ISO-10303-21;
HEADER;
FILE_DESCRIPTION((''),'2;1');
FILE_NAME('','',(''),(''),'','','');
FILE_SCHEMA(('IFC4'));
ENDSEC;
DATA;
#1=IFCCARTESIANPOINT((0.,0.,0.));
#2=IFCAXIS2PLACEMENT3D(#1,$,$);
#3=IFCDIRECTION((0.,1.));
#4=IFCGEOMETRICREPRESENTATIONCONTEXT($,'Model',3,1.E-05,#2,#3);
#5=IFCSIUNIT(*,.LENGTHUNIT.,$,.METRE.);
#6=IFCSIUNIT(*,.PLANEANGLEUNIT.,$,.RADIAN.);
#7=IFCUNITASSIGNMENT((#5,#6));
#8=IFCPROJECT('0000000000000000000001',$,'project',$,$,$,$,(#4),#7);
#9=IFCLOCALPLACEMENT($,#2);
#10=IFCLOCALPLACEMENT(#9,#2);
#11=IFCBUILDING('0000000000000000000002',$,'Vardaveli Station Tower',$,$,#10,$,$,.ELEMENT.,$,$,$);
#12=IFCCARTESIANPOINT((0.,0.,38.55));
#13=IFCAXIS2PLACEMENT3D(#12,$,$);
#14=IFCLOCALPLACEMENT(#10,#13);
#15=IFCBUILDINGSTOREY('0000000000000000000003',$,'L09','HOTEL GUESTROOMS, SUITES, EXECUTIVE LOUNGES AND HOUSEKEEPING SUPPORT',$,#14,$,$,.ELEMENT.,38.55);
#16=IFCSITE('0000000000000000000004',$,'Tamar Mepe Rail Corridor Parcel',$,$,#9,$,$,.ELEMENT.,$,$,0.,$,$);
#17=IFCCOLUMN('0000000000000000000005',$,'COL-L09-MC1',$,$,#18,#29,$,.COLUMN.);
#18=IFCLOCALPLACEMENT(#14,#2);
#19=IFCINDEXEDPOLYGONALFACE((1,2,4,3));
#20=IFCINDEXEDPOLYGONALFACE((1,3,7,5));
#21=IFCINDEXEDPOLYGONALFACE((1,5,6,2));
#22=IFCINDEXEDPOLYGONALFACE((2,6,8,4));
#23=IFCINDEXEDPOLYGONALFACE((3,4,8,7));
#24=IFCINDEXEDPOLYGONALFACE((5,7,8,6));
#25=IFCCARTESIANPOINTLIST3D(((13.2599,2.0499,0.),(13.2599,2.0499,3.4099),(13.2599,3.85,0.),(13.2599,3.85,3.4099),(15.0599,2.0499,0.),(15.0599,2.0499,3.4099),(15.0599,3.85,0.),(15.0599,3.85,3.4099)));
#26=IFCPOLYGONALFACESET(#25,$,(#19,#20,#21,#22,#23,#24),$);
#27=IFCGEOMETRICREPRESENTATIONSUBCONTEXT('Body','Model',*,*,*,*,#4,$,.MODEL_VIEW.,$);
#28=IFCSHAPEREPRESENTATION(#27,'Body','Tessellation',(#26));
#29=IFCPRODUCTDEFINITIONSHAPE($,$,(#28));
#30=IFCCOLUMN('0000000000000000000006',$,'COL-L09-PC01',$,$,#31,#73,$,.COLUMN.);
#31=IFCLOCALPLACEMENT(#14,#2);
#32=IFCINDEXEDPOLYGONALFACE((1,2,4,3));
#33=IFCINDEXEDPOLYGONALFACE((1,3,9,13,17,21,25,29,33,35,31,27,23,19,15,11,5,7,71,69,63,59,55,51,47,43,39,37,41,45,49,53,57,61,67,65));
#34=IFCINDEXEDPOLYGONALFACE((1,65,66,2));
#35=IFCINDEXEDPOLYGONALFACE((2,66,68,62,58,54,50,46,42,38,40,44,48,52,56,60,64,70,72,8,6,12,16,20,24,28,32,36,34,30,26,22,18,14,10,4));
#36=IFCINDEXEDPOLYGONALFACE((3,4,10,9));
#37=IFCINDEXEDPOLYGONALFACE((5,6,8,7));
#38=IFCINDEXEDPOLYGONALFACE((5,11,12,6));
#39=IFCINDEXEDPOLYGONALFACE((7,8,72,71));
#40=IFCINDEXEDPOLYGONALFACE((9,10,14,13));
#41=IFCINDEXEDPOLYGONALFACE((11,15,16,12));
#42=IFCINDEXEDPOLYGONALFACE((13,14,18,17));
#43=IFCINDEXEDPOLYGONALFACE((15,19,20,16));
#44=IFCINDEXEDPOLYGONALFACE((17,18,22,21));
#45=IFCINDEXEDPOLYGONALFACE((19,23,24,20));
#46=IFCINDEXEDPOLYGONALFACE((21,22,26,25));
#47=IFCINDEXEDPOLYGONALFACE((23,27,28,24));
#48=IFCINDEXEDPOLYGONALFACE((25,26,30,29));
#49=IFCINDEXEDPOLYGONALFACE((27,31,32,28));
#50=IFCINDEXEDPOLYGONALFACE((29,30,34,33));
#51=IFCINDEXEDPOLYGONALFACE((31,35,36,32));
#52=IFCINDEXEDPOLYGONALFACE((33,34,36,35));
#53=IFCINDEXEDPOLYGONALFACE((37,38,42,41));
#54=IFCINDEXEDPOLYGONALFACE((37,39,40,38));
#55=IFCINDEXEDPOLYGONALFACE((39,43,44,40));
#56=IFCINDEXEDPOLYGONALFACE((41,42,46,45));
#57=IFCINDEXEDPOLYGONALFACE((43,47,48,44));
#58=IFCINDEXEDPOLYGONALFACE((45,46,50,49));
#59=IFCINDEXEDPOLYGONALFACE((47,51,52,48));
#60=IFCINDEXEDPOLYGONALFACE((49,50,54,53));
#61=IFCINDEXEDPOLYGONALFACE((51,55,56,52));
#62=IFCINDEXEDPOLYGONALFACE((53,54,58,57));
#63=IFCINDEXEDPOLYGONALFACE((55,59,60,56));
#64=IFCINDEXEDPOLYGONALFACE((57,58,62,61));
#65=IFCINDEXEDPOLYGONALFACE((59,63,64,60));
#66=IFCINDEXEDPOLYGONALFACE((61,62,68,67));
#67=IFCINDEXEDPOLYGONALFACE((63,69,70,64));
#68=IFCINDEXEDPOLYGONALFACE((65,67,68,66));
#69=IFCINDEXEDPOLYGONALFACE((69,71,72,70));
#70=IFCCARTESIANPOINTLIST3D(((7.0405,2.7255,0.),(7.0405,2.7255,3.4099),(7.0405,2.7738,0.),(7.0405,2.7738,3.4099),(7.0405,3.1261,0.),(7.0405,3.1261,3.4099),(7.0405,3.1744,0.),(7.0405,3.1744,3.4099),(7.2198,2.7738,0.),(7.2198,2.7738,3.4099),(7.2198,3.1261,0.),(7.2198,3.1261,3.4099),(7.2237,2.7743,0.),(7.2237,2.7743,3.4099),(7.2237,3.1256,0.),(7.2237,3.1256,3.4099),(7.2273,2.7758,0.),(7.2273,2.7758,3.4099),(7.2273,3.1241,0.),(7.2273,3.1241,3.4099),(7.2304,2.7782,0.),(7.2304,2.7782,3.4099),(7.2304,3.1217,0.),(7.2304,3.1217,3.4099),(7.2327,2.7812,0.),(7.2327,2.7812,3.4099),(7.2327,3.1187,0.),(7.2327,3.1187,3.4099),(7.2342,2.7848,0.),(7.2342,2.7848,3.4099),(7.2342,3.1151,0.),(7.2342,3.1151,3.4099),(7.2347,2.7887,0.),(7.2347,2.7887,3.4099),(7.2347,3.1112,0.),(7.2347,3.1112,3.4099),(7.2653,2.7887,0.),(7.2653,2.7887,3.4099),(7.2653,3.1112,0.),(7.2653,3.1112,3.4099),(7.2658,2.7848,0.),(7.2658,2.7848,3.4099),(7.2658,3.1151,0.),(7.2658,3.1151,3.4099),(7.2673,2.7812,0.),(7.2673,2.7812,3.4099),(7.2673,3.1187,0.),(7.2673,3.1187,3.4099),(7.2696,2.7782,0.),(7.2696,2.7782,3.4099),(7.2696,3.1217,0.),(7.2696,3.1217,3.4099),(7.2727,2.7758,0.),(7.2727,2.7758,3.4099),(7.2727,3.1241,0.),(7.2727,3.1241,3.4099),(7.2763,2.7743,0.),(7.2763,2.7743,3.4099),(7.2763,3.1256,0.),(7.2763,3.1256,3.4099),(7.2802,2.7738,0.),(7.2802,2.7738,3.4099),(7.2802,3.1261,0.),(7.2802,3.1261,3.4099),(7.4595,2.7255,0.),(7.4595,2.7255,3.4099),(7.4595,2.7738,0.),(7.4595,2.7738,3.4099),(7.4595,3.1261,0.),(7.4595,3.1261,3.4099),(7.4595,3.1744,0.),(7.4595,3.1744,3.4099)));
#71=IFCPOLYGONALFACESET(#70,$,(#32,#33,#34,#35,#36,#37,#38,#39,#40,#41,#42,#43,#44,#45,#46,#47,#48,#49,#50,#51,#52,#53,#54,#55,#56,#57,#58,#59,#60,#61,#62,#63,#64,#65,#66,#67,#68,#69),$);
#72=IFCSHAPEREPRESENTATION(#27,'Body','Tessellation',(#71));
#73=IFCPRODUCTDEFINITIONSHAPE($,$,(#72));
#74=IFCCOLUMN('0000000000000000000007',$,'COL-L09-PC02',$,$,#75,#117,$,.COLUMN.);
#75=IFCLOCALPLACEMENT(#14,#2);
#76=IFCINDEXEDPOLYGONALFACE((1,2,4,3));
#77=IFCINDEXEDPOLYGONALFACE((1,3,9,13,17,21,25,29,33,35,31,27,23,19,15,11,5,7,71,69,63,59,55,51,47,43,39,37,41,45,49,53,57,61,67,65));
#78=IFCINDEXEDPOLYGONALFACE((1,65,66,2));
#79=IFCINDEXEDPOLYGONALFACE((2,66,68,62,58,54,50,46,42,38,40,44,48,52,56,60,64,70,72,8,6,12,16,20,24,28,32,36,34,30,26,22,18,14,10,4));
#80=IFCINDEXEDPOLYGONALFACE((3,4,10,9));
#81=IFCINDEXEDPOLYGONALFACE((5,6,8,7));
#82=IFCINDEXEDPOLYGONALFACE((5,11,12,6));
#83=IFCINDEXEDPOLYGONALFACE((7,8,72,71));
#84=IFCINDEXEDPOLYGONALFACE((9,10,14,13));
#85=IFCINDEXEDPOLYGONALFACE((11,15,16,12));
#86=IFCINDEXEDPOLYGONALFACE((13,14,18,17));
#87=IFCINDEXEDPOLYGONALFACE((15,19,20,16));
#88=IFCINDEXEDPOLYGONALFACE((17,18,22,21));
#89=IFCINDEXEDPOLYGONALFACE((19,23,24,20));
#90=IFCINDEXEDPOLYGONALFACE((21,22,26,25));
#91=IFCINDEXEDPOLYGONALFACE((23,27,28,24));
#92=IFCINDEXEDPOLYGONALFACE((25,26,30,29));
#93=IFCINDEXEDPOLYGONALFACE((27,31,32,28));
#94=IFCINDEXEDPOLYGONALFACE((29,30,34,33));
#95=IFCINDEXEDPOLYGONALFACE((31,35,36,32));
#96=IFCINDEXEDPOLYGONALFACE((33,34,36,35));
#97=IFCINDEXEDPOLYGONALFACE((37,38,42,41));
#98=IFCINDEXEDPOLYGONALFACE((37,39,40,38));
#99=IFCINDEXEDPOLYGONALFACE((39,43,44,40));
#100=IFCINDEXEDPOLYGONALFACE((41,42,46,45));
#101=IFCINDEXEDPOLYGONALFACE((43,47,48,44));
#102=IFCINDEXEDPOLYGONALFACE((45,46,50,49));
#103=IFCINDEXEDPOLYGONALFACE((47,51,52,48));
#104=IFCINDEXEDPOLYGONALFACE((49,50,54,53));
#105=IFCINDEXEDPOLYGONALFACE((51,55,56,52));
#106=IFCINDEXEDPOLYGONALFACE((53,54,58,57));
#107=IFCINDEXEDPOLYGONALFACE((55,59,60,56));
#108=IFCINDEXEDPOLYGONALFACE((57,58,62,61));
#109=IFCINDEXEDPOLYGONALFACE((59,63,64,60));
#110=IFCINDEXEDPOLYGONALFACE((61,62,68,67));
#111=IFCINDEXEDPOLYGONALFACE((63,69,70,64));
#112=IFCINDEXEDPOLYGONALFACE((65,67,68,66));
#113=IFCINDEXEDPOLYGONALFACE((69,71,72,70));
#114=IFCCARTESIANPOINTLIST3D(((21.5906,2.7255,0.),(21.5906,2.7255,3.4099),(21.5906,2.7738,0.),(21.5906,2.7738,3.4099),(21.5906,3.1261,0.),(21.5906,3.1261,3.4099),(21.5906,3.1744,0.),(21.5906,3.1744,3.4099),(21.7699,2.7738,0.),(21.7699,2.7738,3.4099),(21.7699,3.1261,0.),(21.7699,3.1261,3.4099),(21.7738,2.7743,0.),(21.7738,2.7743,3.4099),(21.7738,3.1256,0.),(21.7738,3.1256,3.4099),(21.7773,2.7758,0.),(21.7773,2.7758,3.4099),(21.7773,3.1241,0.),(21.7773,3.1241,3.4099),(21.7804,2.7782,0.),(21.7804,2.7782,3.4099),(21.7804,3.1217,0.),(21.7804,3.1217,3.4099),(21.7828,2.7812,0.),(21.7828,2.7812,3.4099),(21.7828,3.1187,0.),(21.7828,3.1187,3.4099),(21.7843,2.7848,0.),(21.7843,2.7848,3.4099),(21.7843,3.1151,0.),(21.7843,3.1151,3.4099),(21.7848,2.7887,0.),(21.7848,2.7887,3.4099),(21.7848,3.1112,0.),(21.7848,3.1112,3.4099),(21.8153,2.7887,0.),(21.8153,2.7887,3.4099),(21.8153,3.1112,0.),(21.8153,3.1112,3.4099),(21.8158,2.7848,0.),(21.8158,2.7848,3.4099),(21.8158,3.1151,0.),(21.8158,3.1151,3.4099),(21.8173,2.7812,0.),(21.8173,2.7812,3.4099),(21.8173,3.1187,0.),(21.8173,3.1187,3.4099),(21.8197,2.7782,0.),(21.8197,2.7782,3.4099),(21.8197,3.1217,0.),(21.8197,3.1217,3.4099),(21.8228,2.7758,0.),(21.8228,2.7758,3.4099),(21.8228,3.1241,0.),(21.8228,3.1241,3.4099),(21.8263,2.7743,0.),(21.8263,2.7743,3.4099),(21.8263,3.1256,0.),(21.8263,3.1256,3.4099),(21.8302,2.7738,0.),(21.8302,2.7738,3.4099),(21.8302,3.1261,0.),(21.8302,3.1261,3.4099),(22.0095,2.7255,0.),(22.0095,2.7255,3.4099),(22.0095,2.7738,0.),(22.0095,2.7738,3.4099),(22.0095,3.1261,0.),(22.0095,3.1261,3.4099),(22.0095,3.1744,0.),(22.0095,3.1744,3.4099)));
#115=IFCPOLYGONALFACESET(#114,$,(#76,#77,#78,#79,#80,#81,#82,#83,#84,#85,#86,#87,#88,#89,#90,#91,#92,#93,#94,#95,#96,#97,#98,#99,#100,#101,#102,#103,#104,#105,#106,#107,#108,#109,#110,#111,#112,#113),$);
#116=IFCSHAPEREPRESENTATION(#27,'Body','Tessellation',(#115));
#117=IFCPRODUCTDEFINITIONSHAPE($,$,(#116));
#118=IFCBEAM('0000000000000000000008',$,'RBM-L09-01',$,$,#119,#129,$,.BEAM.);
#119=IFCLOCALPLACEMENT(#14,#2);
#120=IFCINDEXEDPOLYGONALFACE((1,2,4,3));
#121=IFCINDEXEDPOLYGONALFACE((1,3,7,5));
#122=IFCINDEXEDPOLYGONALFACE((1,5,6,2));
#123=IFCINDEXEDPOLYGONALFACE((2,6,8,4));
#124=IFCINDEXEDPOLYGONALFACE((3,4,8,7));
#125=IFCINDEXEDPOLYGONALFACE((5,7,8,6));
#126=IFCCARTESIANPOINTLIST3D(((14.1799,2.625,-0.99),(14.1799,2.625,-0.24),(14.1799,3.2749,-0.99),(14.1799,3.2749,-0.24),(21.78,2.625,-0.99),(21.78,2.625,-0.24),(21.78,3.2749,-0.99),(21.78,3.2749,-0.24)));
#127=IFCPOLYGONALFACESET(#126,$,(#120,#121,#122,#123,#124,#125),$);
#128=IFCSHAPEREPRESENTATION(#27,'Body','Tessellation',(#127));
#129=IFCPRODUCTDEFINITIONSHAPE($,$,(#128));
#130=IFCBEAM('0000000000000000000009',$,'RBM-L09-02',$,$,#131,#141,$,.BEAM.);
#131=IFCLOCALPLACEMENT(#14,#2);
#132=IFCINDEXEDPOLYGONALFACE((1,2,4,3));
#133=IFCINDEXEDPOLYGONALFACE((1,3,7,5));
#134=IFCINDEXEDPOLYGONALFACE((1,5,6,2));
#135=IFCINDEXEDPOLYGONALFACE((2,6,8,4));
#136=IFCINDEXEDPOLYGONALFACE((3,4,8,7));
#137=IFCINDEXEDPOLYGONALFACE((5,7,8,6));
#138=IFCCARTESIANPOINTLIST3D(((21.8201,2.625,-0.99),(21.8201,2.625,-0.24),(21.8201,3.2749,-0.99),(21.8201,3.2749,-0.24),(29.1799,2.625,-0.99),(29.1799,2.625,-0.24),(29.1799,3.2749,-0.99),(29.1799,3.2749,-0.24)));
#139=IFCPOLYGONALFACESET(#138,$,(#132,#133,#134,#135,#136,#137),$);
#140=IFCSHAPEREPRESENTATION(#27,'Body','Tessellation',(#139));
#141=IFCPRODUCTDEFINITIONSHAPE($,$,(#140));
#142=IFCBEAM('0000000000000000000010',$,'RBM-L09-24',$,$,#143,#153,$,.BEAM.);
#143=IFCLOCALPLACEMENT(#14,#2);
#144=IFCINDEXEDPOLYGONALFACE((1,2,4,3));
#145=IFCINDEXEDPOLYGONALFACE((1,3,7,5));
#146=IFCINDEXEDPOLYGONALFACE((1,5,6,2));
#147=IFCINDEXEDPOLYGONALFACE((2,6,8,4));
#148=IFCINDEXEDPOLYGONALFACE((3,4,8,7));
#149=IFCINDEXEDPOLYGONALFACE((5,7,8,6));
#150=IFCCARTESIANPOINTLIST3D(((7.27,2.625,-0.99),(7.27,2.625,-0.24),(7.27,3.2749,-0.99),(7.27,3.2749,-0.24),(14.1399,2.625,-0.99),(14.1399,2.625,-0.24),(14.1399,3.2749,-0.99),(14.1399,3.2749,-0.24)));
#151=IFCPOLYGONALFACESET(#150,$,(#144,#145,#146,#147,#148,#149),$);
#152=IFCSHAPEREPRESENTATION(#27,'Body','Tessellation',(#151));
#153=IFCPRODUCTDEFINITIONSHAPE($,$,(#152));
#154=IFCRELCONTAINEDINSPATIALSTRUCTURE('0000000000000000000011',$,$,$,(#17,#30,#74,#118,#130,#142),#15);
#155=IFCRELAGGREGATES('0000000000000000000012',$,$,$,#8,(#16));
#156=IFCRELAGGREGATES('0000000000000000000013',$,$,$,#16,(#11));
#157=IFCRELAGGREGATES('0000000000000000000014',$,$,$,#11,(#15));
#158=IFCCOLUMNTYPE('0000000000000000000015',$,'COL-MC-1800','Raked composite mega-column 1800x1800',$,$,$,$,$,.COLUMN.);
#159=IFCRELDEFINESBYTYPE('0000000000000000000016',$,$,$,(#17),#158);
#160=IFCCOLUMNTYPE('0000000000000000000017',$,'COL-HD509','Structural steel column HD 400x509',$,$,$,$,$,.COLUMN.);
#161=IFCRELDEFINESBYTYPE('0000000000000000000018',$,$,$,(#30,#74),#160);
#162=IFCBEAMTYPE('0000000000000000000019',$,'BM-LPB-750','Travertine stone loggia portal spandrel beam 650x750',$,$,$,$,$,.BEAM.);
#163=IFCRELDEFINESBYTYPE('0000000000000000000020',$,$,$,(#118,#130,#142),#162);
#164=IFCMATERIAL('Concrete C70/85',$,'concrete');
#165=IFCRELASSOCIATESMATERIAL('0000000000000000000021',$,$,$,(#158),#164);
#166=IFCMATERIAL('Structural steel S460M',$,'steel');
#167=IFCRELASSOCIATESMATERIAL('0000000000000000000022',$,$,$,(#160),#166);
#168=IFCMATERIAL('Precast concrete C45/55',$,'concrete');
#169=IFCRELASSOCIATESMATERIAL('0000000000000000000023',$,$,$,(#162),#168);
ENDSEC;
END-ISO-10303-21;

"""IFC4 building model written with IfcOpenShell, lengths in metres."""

from ifc_helpers import new_model, si_unit, direction, frame, origin, origin_2d, place, context, subcontext, project, spatial, rectangle, i_section, extrude, source, transform, mapped, material, material_profile, profile_set, type_object, element, save


model = new_model("IFC4")

# Units and contexts
model_context = context("Model", 3, precision=1e-05, world=origin(), true_north=direction((0.0, 1.0)))
body_context = subcontext(model_context, "Body", "Model", "MODEL_VIEW")
ifc_project = project(units=[si_unit("LENGTHUNIT", "METRE"), si_unit("PLANEANGLEUNIT", "RADIAN")], contexts=[model_context])

# Site, building, storey
site_placement = place(None, origin())
site = spatial("IfcSite", under=ifc_project, at=site_placement, Name="Tamar Mepe Rail Corridor Parcel", CompositionType="ELEMENT", RefElevation=0.0)
building_placement = place(site_placement, origin())
building = spatial("IfcBuilding", under=site, at=building_placement, Name="Vardaveli Station Tower", CompositionType="ELEMENT")
storey_placement = place(building_placement, frame((0.0, 0.0, 38.55)))
storey = spatial("IfcBuildingStorey", under=building, at=storey_placement, Name="L09", Description="HOTEL GUESTROOMS, SUITES, EXECUTIVE LOUNGES AND HOUSEKEEPING SUPPORT", CompositionType="ELEMENT", Elevation=38.55)

# Columns
ifc_material_1 = material(Name="Concrete C70/85", Category="concrete")
ifc_material_profile_1 = material_profile(ifc_material_1, rectangle(XDim=1.8, YDim=1.8, at=origin_2d()), Name="MC 1800x1800")
ifc_profile_set_1 = profile_set([ifc_material_profile_1], Name="Concrete C70/85")
column_type_1 = type_object("IfcColumnType", Name="COL-MC-1800", Description="Raked composite mega-column 1800x1800", PredefinedType="COLUMN", material=ifc_profile_set_1)
shared_shape_1 = source(origin(), body_context, "Body", "SweptSolid", [
    extrude(rectangle(XDim=1.8, YDim=1.8, at=origin_2d()), origin(), (0.0, 0.0, 1.0), 3.4099),
])
column_placement = place(storey_placement, frame((14.1599, 2.95, 0.0), z_axis=(0.0, 0.0, 1.0), x_axis=(1.0, 0.0, 0.0)))
element("IfcColumn", 1, at=column_placement, inside=storey, type_object=column_type_1, Name="COL-L09-MC1", PredefinedType="COLUMN", context=body_context, shape_type="MappedRepresentation", body=[
    mapped(shared_shape_1, transform((0.0, 0.0, 0.0), scale=1.0)),
])
ifc_material_2 = material(Name="Structural steel S460M", Category="steel")
ifc_material_profile_2 = material_profile(ifc_material_2, i_section(OverallWidth=0.4189, OverallDepth=0.449, WebThickness=0.0305, FlangeThickness=0.0483, FilletRadius=0.0149, at=origin_2d()), Name="HD 400x509")
ifc_profile_set_2 = profile_set([ifc_material_profile_2], Name="Structural steel S460M")
column_type_2 = type_object("IfcColumnType", Name="COL-HD509", Description="Structural steel column HD 400x509", PredefinedType="COLUMN", material=ifc_profile_set_2)
shared_shape_2 = source(origin(), body_context, "Body", "SweptSolid", [
    extrude(i_section(OverallWidth=0.4189, OverallDepth=0.449, WebThickness=0.0305, FlangeThickness=0.0483, FilletRadius=0.0149, at=origin_2d()), origin(), (0.0, 0.0, 1.0), 3.4099),
])
for number, where, z_axis, x_axis, name in (
    (2, (7.25, 2.95, 0.0), (0.0, 0.0, 1.0), (1.0, 0.0, 0.0), "COL-L09-PC01"),
    (3, (21.8, 2.95, 0.0), (0.0, 0.0, 1.0), (1.0, 0.0, 0.0), "COL-L09-PC02"),
):
    element("IfcColumn", number, at=place(storey_placement, frame(where, z_axis=z_axis, x_axis=x_axis)), inside=storey, type_object=column_type_2, Name=name, PredefinedType="COLUMN", context=body_context, shape_type="MappedRepresentation", body=[
        mapped(shared_shape_2, transform((0.0, 0.0, 0.0), scale=1.0)),
    ])

# Beams
ifc_material_3 = material(Name="Precast concrete C45/55", Category="concrete")
ifc_material_profile_3 = material_profile(ifc_material_3, rectangle(XDim=0.6499, YDim=0.75, at=origin_2d()), Name="LPB 650x750")
ifc_profile_set_3 = profile_set([ifc_material_profile_3], Name="Precast concrete C45/55")
beam_type_1 = type_object("IfcBeamType", Name="BM-LPB-750", Description="Travertine stone loggia portal spandrel beam 650x750", PredefinedType="BEAM", material=ifc_profile_set_3)
shared_shape_3 = source(origin(), body_context, "Body", "SweptSolid", [
    extrude(rectangle(XDim=0.6499, YDim=0.75, at=origin_2d()), origin(), (0.0, 0.0, 1.0), 7.6001),
])
beam_1_placement = place(storey_placement, frame((14.1799, 2.95, -0.615), z_axis=(1.0, 0.0, 0.0), x_axis=(0.0, 1.0, 0.0)))
element("IfcBeam", 4, at=beam_1_placement, inside=storey, type_object=beam_type_1, Name="RBM-L09-01", PredefinedType="BEAM", context=body_context, shape_type="MappedRepresentation", body=[
    mapped(shared_shape_3, transform((0.0, 0.0, 0.0), scale=1.0)),
])
shared_shape_4 = source(origin(), body_context, "Body", "SweptSolid", [
    extrude(rectangle(XDim=0.6499, YDim=0.75, at=origin_2d()), origin(), (0.0, 0.0, 1.0), 7.3599),
])
beam_2_placement = place(storey_placement, frame((21.8201, 2.95, -0.615), z_axis=(1.0, 0.0, 0.0), x_axis=(0.0, 1.0, 0.0)))
element("IfcBeam", 5, at=beam_2_placement, inside=storey, type_object=beam_type_1, Name="RBM-L09-02", PredefinedType="BEAM", context=body_context, shape_type="MappedRepresentation", body=[
    mapped(shared_shape_4, transform((0.0, 0.0, 0.0), scale=1.0)),
])
shared_shape_5 = source(origin(), body_context, "Body", "SweptSolid", [
    extrude(rectangle(XDim=0.6499, YDim=0.75, at=origin_2d()), origin(), (0.0, 0.0, 1.0), 6.8699),
])
beam_3_placement = place(storey_placement, frame((7.27, 2.95, -0.615), z_axis=(1.0, 0.0, 0.0), x_axis=(0.0, 1.0, 0.0)))
element("IfcBeam", 6, at=beam_3_placement, inside=storey, type_object=beam_type_1, Name="RBM-L09-24", PredefinedType="BEAM", context=body_context, shape_type="MappedRepresentation", body=[
    mapped(shared_shape_5, transform((0.0, 0.0, 0.0), scale=1.0)),
])

save(model, "model.ifc")
